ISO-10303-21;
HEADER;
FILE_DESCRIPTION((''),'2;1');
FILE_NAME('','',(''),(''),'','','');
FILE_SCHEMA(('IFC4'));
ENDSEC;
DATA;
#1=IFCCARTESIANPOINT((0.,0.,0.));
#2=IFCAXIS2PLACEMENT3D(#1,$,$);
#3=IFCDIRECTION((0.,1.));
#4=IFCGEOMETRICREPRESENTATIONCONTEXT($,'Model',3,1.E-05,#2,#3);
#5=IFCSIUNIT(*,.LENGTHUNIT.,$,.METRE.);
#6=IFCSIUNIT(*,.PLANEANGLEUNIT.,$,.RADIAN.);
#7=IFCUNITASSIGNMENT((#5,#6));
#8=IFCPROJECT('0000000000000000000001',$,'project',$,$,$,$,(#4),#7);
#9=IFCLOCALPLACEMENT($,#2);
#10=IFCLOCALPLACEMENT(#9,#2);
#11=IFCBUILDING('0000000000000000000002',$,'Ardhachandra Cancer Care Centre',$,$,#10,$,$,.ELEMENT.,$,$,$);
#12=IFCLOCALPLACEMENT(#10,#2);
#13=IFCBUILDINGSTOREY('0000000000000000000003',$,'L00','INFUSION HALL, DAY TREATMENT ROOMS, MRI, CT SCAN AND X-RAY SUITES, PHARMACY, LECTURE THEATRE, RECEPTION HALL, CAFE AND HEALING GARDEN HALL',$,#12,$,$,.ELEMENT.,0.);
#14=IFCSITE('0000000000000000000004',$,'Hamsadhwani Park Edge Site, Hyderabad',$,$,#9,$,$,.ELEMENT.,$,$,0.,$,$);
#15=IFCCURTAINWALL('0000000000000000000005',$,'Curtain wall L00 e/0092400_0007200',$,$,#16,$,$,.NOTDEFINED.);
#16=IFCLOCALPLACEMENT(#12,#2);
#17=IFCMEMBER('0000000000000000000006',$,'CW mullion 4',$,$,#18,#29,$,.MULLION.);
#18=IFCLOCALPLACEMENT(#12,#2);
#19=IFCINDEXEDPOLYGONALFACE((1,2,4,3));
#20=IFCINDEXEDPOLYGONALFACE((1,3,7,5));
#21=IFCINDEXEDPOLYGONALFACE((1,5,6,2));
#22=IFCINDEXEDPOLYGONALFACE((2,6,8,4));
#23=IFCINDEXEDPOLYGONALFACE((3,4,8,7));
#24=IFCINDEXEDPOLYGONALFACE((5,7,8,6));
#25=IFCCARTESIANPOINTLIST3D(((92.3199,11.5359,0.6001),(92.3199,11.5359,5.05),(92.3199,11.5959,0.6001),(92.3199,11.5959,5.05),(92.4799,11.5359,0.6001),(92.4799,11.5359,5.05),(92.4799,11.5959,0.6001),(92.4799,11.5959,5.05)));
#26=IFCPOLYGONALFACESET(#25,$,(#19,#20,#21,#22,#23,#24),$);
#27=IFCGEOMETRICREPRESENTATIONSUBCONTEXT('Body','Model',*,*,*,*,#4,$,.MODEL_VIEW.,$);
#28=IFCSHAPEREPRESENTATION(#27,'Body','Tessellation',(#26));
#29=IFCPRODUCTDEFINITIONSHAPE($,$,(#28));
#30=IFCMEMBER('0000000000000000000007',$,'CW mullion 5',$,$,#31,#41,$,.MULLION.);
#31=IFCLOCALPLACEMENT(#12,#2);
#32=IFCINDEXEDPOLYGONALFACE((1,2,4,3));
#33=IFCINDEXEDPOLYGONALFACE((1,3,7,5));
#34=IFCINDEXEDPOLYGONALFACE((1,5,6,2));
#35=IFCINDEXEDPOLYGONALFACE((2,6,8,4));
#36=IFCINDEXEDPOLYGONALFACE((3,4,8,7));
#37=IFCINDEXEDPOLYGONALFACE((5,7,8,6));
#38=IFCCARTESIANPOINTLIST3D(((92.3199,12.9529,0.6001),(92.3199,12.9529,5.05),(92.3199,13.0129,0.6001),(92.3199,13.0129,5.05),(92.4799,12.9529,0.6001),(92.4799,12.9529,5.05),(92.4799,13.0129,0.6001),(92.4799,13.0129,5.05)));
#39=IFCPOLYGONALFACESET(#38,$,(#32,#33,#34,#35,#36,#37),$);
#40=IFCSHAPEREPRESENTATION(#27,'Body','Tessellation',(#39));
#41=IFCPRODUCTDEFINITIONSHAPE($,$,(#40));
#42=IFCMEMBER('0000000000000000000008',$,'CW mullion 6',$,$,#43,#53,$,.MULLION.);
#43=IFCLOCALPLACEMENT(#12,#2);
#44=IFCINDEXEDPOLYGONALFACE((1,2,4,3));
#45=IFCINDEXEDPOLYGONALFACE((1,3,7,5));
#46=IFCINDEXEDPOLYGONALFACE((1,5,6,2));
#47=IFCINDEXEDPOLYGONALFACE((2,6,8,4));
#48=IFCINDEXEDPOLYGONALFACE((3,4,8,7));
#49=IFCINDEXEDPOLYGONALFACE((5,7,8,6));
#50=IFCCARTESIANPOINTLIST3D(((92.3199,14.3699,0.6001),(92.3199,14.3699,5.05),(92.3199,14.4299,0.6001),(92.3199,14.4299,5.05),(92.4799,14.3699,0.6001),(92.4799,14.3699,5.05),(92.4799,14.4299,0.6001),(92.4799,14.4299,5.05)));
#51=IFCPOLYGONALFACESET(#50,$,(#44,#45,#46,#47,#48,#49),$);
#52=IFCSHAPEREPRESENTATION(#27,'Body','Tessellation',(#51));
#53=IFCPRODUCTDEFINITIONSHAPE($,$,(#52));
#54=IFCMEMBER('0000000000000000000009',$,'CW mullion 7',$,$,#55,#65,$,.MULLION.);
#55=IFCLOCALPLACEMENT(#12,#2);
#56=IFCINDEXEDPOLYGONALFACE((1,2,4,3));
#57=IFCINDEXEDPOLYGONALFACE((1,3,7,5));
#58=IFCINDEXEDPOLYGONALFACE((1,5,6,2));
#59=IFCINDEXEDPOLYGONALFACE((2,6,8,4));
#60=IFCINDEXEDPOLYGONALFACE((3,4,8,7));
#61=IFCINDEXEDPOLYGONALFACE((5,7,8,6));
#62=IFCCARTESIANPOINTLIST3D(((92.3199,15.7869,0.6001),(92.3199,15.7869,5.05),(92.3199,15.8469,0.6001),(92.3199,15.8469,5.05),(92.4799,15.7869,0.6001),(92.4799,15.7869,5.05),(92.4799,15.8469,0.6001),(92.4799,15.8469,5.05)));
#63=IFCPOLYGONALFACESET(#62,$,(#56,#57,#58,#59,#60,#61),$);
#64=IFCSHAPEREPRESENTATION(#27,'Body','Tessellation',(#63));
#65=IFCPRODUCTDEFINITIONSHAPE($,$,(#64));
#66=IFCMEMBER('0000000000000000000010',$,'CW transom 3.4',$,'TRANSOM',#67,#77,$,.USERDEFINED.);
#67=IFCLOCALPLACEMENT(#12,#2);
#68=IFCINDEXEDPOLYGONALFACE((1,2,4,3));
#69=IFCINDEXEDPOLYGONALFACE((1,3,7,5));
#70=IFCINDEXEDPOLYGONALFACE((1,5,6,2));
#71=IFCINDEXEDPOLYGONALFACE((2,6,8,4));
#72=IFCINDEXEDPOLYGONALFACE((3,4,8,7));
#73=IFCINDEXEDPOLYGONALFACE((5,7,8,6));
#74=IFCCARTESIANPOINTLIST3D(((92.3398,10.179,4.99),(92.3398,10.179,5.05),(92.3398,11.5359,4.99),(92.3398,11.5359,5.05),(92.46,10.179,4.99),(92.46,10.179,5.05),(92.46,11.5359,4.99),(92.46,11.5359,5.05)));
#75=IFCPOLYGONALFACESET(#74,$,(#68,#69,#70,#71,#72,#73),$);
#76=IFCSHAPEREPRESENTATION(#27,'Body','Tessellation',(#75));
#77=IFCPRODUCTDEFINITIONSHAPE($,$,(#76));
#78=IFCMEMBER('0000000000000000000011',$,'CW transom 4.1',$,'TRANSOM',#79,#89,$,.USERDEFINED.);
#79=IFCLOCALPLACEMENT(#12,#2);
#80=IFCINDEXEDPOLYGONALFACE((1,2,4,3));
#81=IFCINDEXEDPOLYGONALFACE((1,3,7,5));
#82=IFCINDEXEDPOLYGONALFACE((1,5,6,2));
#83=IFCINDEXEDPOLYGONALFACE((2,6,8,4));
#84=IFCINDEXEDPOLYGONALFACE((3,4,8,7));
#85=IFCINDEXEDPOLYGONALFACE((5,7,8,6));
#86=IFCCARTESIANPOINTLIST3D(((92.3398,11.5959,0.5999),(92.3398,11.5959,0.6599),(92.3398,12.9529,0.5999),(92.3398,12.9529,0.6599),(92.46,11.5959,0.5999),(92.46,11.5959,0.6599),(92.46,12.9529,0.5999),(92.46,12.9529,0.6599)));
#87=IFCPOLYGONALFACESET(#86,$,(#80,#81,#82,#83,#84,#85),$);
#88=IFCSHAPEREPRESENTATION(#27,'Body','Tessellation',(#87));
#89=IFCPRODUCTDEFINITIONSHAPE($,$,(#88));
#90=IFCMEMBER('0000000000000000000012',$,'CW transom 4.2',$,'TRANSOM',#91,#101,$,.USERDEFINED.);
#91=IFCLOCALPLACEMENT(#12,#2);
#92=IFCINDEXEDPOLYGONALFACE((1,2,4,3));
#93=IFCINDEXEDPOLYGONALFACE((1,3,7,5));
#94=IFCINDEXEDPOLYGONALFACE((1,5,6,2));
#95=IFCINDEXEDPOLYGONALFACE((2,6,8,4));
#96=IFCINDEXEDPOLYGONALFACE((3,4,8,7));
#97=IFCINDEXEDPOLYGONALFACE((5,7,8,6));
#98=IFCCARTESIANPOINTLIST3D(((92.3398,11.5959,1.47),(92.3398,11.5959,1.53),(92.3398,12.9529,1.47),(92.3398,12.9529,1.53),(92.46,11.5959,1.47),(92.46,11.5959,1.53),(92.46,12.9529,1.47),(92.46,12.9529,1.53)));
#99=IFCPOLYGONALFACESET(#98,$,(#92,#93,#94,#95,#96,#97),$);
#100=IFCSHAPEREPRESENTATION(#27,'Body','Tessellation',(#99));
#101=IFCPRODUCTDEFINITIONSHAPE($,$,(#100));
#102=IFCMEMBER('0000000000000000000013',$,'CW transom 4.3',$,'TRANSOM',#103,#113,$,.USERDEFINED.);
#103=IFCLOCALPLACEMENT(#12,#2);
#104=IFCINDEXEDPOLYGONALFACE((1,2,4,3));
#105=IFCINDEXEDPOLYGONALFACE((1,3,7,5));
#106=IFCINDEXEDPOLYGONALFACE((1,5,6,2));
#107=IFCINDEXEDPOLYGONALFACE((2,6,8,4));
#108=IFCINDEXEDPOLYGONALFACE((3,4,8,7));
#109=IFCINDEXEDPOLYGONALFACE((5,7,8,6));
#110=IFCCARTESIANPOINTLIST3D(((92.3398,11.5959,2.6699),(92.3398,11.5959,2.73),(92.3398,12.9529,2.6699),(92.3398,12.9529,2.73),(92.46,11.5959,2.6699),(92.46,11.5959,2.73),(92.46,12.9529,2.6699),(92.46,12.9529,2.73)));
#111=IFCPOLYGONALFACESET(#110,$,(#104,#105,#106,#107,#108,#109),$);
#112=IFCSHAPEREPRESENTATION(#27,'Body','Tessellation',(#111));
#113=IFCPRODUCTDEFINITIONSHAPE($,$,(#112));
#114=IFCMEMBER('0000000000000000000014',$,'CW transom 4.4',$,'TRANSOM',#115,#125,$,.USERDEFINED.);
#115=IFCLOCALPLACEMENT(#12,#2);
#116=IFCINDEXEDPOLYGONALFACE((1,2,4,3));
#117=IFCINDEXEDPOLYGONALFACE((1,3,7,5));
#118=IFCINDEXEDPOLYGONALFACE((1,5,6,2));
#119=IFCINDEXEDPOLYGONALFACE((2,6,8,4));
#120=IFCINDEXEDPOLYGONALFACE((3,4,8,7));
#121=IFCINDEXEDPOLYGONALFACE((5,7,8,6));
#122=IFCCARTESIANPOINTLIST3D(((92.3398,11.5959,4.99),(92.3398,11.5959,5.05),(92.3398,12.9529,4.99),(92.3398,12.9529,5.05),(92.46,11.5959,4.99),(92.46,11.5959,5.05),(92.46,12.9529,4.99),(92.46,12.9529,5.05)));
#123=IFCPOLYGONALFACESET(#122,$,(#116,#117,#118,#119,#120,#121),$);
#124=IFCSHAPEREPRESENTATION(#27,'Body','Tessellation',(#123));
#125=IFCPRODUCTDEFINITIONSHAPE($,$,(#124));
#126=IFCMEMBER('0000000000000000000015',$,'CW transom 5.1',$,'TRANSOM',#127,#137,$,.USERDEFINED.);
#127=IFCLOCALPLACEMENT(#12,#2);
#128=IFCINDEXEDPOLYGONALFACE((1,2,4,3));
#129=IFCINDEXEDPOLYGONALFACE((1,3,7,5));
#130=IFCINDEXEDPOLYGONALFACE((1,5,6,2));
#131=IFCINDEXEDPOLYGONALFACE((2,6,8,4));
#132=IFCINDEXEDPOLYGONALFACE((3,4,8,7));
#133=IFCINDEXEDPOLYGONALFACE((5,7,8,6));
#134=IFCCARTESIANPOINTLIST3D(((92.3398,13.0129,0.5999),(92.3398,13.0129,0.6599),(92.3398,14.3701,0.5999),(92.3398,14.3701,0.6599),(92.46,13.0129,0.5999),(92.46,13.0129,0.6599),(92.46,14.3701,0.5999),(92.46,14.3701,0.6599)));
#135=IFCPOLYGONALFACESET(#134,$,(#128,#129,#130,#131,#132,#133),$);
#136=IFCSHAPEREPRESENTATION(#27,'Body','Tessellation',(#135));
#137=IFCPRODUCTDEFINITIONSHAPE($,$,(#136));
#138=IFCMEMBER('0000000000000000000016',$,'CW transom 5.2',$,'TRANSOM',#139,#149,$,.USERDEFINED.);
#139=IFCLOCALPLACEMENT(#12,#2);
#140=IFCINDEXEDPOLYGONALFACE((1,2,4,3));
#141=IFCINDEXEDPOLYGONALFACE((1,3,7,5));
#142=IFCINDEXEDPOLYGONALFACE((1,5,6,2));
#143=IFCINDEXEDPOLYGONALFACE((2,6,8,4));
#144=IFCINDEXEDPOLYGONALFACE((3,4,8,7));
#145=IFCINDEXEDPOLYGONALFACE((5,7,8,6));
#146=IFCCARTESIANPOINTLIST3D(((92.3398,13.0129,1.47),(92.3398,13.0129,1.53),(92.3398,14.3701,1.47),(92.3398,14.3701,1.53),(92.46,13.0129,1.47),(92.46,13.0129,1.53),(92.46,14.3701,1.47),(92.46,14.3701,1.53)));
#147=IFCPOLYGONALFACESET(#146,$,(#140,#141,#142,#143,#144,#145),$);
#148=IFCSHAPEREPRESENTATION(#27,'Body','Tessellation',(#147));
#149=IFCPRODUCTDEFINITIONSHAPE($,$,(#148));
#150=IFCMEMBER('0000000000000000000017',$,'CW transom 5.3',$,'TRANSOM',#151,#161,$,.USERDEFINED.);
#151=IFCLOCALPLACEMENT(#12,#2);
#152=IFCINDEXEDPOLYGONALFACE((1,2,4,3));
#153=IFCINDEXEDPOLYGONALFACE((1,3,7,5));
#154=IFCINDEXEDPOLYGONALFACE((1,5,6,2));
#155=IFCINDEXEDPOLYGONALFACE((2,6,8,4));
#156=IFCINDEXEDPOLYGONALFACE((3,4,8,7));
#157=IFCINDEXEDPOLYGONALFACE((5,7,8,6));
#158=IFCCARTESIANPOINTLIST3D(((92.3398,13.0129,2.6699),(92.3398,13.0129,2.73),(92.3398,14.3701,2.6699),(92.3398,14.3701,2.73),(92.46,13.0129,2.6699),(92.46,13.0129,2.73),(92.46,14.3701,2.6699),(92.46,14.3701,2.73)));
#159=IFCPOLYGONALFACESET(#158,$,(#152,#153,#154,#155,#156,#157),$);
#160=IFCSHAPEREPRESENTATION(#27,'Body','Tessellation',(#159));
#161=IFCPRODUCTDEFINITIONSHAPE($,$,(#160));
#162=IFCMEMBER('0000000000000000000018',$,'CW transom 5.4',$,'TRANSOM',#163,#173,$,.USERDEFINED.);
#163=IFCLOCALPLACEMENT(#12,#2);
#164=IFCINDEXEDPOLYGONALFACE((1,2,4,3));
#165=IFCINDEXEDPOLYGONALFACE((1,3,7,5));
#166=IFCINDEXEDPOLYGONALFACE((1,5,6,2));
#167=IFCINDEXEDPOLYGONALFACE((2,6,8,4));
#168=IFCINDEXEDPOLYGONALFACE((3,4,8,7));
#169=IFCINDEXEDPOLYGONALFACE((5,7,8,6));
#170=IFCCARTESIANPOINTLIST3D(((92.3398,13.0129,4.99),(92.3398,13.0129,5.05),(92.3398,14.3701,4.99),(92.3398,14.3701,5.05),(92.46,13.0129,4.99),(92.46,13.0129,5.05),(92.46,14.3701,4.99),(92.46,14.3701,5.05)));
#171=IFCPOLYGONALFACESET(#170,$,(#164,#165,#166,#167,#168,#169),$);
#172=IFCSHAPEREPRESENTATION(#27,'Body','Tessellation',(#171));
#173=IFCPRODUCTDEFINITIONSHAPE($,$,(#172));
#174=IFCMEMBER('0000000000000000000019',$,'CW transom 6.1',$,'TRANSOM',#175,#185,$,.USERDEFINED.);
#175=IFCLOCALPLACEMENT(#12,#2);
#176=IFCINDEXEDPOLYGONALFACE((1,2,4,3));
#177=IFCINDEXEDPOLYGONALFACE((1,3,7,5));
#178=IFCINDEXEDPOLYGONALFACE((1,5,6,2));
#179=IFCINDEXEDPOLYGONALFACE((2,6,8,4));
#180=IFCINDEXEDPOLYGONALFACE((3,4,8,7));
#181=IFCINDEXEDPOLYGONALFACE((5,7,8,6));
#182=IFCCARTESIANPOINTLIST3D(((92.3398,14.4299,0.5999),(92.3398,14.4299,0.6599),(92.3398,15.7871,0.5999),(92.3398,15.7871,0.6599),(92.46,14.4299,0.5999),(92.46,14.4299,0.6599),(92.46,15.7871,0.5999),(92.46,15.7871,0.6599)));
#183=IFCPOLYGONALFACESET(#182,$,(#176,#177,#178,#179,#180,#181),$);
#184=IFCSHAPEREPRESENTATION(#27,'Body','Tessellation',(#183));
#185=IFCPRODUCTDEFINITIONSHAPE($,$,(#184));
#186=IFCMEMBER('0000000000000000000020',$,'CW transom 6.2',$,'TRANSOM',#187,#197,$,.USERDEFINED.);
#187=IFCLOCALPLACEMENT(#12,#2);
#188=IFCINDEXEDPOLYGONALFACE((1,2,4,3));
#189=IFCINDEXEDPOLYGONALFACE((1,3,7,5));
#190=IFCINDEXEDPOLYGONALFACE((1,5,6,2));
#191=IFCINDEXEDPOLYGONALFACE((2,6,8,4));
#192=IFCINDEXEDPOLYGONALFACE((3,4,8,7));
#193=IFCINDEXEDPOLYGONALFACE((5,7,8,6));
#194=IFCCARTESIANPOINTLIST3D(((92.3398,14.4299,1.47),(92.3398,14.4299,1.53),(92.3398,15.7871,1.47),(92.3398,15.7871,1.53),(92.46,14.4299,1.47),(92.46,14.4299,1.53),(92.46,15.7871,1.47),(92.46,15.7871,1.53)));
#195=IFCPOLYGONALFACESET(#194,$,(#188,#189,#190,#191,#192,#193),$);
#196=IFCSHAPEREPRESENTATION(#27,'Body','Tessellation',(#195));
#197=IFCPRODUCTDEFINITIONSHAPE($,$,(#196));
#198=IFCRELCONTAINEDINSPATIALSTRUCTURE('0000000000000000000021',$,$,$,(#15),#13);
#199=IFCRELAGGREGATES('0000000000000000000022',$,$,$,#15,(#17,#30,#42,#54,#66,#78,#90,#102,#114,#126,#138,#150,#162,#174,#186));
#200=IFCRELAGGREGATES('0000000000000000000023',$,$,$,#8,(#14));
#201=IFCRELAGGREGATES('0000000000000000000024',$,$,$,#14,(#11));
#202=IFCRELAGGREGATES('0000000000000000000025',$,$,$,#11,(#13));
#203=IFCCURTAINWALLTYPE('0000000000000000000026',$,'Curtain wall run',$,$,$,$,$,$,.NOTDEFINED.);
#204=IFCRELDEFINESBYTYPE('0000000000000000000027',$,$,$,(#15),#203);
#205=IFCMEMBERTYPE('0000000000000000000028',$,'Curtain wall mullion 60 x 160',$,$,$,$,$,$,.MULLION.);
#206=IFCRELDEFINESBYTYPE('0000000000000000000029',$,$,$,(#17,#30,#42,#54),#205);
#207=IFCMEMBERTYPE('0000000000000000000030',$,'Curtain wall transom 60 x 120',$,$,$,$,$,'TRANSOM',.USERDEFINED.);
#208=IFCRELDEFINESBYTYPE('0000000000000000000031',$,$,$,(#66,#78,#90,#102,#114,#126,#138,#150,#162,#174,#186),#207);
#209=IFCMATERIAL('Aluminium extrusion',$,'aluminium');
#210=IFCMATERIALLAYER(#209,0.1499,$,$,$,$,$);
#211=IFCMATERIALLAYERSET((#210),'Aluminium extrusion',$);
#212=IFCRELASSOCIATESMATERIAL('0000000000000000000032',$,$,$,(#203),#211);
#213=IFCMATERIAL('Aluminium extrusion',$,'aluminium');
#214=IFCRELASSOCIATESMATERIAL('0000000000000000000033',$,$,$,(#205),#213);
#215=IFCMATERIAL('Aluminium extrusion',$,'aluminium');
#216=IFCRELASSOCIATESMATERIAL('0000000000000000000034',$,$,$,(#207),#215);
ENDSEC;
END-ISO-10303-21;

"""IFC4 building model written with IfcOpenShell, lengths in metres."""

from ifc_helpers import new_model, si_unit, direction, frame, origin, origin_2d, place, context, subcontext, project, spatial, rectangle, extrude, material, layer, layer_set, material_profile, profile_set, type_object, element, aggregate, save


model = new_model("IFC4")

# Units and contexts
model_context = context("Model", 3, precision=1e-05, world=origin(), true_north=direction((0.0, 1.0)))
body_context = subcontext(model_context, "Body", "Model", "MODEL_VIEW")
ifc_project = project(units=[si_unit("LENGTHUNIT", "METRE"), si_unit("PLANEANGLEUNIT", "RADIAN")], contexts=[model_context])

# Site, building, storey
site_placement = place(None, origin())
site = spatial("IfcSite", under=ifc_project, at=site_placement, Name="Hamsadhwani Park Edge Site, Hyderabad", CompositionType="ELEMENT", RefElevation=0.0)
building_placement = place(site_placement, origin())
building = spatial("IfcBuilding", under=site, at=building_placement, Name="Ardhachandra Cancer Care Centre", CompositionType="ELEMENT")
storey_placement = place(building_placement, origin())
storey = spatial("IfcBuildingStorey", under=building, at=storey_placement, Name="L00", Description="INFUSION HALL, DAY TREATMENT ROOMS, MRI, CT SCAN AND X-RAY SUITES, PHARMACY, LECTURE THEATRE, RECEPTION HALL, CAFE AND HEALING GARDEN HALL", CompositionType="ELEMENT", Elevation=0.0)

# Curtain wall, members
ifc_material_1 = material(Name="Aluminium extrusion", Category="aluminium")
ifc_layer_1 = layer(ifc_material_1, 0.1499)
ifc_layer_set_1 = layer_set([ifc_layer_1], Name="Aluminium extrusion")
curtain_wall_type = type_object("IfcCurtainWallType", Name="Curtain wall run", PredefinedType="NOTDEFINED", material=ifc_layer_set_1)
curtain_wall_placement = place(storey_placement, origin())
curtain_wall = element("IfcCurtainWall", 1, at=curtain_wall_placement, inside=storey, type_object=curtain_wall_type, Name="Curtain wall L00 e/0092400_0007200", PredefinedType="NOTDEFINED")
ifc_material_2 = material(Name="Aluminium extrusion", Category="aluminium")
ifc_material_profile_1 = material_profile(ifc_material_2, rectangle(XDim=0.1599, YDim=0.0601, at=origin_2d()), Name="Curtain wall mullion 60 x 160")
ifc_profile_set_1 = profile_set([ifc_material_profile_1], Name="Aluminium extrusion")
member_type_1 = type_object("IfcMemberType", Name="Curtain wall mullion 60 x 160", PredefinedType="MULLION", material=ifc_profile_set_1)
member_1_placement = place(storey_placement, frame((92.3999, 11.5659, 0.6001), z_axis=(0.0, 0.0, 1.0), x_axis=(-1.0, 0.0, 0.0)))
member_1 = element("IfcMember", 2, at=member_1_placement, type_object=member_type_1, Name="CW mullion 4", PredefinedType="MULLION", context=body_context, shape_type="SweptSolid", body=[
    extrude(rectangle(XDim=0.1599, YDim=0.0601, at=origin_2d()), origin(), (0.0, 0.0, 1.0), 4.45),
])
member_2_placement = place(storey_placement, frame((92.3999, 12.9829, 0.6001), z_axis=(0.0, 0.0, 1.0), x_axis=(-1.0, 0.0, 0.0)))
member_2 = element("IfcMember", 3, at=member_2_placement, type_object=member_type_1, Name="CW mullion 5", PredefinedType="MULLION", context=body_context, shape_type="SweptSolid", body=[
    extrude(rectangle(XDim=0.1599, YDim=0.0601, at=origin_2d()), origin(), (0.0, 0.0, 1.0), 4.45),
])
member_3_placement = place(storey_placement, frame((92.3999, 14.3999, 0.6001), z_axis=(0.0, 0.0, 1.0), x_axis=(-1.0, 0.0, 0.0)))
member_3 = element("IfcMember", 4, at=member_3_placement, type_object=member_type_1, Name="CW mullion 6", PredefinedType="MULLION", context=body_context, shape_type="SweptSolid", body=[
    extrude(rectangle(XDim=0.1599, YDim=0.0601, at=origin_2d()), origin(), (0.0, 0.0, 1.0), 4.45),
])
member_4_placement = place(storey_placement, frame((92.3999, 15.8169, 0.6001), z_axis=(0.0, 0.0, 1.0), x_axis=(-1.0, 0.0, 0.0)))
member_4 = element("IfcMember", 5, at=member_4_placement, type_object=member_type_1, Name="CW mullion 7", PredefinedType="MULLION", context=body_context, shape_type="SweptSolid", body=[
    extrude(rectangle(XDim=0.1599, YDim=0.0601, at=origin_2d()), origin(), (0.0, 0.0, 1.0), 4.45),
])
ifc_material_3 = material(Name="Aluminium extrusion", Category="aluminium")
ifc_material_profile_2 = material_profile(ifc_material_3, rectangle(XDim=0.1201, YDim=0.0601, at=origin_2d()), Name="Curtain wall transom 60 x 120")
ifc_profile_set_2 = profile_set([ifc_material_profile_2], Name="Aluminium extrusion")
member_type_2 = type_object("IfcMemberType", Name="Curtain wall transom 60 x 120", ElementType="TRANSOM", PredefinedType="USERDEFINED", material=ifc_profile_set_2)
member_5_placement = place(storey_placement, frame((92.3999, 10.179, 5.02), z_axis=(0.0, 1.0, 0.0), x_axis=(-1.0, 0.0, 0.0)))
member_5 = element("IfcMember", 6, at=member_5_placement, type_object=member_type_2, Name="CW transom 3.4", ObjectType="TRANSOM", PredefinedType="USERDEFINED", context=body_context, shape_type="SweptSolid", body=[
    extrude(rectangle(XDim=0.1201, YDim=0.0601, at=origin_2d()), origin(), (0.0, 0.0, 1.0), 1.3569),
])
member_6_placement = place(storey_placement, frame((92.3999, 11.5959, 0.6299), z_axis=(0.0, 1.0, 0.0), x_axis=(-1.0, 0.0, 0.0)))
member_6 = element("IfcMember", 7, at=member_6_placement, type_object=member_type_2, Name="CW transom 4.1", ObjectType="TRANSOM", PredefinedType="USERDEFINED", context=body_context, shape_type="SweptSolid", body=[
    extrude(rectangle(XDim=0.1201, YDim=0.0601, at=origin_2d()), origin(), (0.0, 0.0, 1.0), 1.3569),
])
member_7_placement = place(storey_placement, frame((92.3999, 11.5959, 1.5), z_axis=(0.0, 1.0, 0.0), x_axis=(-1.0, 0.0, 0.0)))
member_7 = element("IfcMember", 8, at=member_7_placement, type_object=member_type_2, Name="CW transom 4.2", ObjectType="TRANSOM", PredefinedType="USERDEFINED", context=body_context, shape_type="SweptSolid", body=[
    extrude(rectangle(XDim=0.1201, YDim=0.0601, at=origin_2d()), origin(), (0.0, 0.0, 1.0), 1.3569),
])
member_8_placement = place(storey_placement, frame((92.3999, 11.5959, 2.7), z_axis=(0.0, 1.0, 0.0), x_axis=(-1.0, 0.0, 0.0)))
member_8 = element("IfcMember", 9, at=member_8_placement, type_object=member_type_2, Name="CW transom 4.3", ObjectType="TRANSOM", PredefinedType="USERDEFINED", context=body_context, shape_type="SweptSolid", body=[
    extrude(rectangle(XDim=0.1201, YDim=0.0601, at=origin_2d()), origin(), (0.0, 0.0, 1.0), 1.3569),
])
member_9_placement = place(storey_placement, frame((92.3999, 11.5959, 5.02), z_axis=(0.0, 1.0, 0.0), x_axis=(-1.0, 0.0, 0.0)))
member_9 = element("IfcMember", 10, at=member_9_placement, type_object=member_type_2, Name="CW transom 4.4", ObjectType="TRANSOM", PredefinedType="USERDEFINED", context=body_context, shape_type="SweptSolid", body=[
    extrude(rectangle(XDim=0.1201, YDim=0.0601, at=origin_2d()), origin(), (0.0, 0.0, 1.0), 1.3569),
])
member_10_placement = place(storey_placement, frame((92.3999, 13.0129, 0.6299), z_axis=(0.0, 1.0, 0.0), x_axis=(-1.0, 0.0, 0.0)))
member_10 = element("IfcMember", 11, at=member_10_placement, type_object=member_type_2, Name="CW transom 5.1", ObjectType="TRANSOM", PredefinedType="USERDEFINED", context=body_context, shape_type="SweptSolid", body=[
    extrude(rectangle(XDim=0.1201, YDim=0.0601, at=origin_2d()), origin(), (0.0, 0.0, 1.0), 1.3572),
])
member_11_placement = place(storey_placement, frame((92.3999, 13.0129, 1.5), z_axis=(0.0, 1.0, 0.0), x_axis=(-1.0, 0.0, 0.0)))
member_11 = element("IfcMember", 12, at=member_11_placement, type_object=member_type_2, Name="CW transom 5.2", ObjectType="TRANSOM", PredefinedType="USERDEFINED", context=body_context, shape_type="SweptSolid", body=[
    extrude(rectangle(XDim=0.1201, YDim=0.0601, at=origin_2d()), origin(), (0.0, 0.0, 1.0), 1.3572),
])
member_12_placement = place(storey_placement, frame((92.3999, 13.0129, 2.7), z_axis=(0.0, 1.0, 0.0), x_axis=(-1.0, 0.0, 0.0)))
member_12 = element("IfcMember", 13, at=member_12_placement, type_object=member_type_2, Name="CW transom 5.3", ObjectType="TRANSOM", PredefinedType="USERDEFINED", context=body_context, shape_type="SweptSolid", body=[
    extrude(rectangle(XDim=0.1201, YDim=0.0601, at=origin_2d()), origin(), (0.0, 0.0, 1.0), 1.3572),
])
member_13_placement = place(storey_placement, frame((92.3999, 13.0129, 5.02), z_axis=(0.0, 1.0, 0.0), x_axis=(-1.0, 0.0, 0.0)))
member_13 = element("IfcMember", 14, at=member_13_placement, type_object=member_type_2, Name="CW transom 5.4", ObjectType="TRANSOM", PredefinedType="USERDEFINED", context=body_context, shape_type="SweptSolid", body=[
    extrude(rectangle(XDim=0.1201, YDim=0.0601, at=origin_2d()), origin(), (0.0, 0.0, 1.0), 1.3572),
])
member_14_placement = place(storey_placement, frame((92.3999, 14.4299, 0.6299), z_axis=(0.0, 1.0, 0.0), x_axis=(-1.0, 0.0, 0.0)))
member_14 = element("IfcMember", 15, at=member_14_placement, type_object=member_type_2, Name="CW transom 6.1", ObjectType="TRANSOM", PredefinedType="USERDEFINED", context=body_context, shape_type="SweptSolid", body=[
    extrude(rectangle(XDim=0.1201, YDim=0.0601, at=origin_2d()), origin(), (0.0, 0.0, 1.0), 1.3572),
])
member_15_placement = place(storey_placement, frame((92.3999, 14.4299, 1.5), z_axis=(0.0, 1.0, 0.0), x_axis=(-1.0, 0.0, 0.0)))
member_15 = element("IfcMember", 16, at=member_15_placement, type_object=member_type_2, Name="CW transom 6.2", ObjectType="TRANSOM", PredefinedType="USERDEFINED", context=body_context, shape_type="SweptSolid", body=[
    extrude(rectangle(XDim=0.1201, YDim=0.0601, at=origin_2d()), origin(), (0.0, 0.0, 1.0), 1.3572),
])
aggregate(curtain_wall, [member_1, member_2, member_3, member_4, member_5, member_6, member_7, member_8, member_9, member_10, member_11, member_12, member_13, member_14, member_15])

save(model, "model.ifc")
